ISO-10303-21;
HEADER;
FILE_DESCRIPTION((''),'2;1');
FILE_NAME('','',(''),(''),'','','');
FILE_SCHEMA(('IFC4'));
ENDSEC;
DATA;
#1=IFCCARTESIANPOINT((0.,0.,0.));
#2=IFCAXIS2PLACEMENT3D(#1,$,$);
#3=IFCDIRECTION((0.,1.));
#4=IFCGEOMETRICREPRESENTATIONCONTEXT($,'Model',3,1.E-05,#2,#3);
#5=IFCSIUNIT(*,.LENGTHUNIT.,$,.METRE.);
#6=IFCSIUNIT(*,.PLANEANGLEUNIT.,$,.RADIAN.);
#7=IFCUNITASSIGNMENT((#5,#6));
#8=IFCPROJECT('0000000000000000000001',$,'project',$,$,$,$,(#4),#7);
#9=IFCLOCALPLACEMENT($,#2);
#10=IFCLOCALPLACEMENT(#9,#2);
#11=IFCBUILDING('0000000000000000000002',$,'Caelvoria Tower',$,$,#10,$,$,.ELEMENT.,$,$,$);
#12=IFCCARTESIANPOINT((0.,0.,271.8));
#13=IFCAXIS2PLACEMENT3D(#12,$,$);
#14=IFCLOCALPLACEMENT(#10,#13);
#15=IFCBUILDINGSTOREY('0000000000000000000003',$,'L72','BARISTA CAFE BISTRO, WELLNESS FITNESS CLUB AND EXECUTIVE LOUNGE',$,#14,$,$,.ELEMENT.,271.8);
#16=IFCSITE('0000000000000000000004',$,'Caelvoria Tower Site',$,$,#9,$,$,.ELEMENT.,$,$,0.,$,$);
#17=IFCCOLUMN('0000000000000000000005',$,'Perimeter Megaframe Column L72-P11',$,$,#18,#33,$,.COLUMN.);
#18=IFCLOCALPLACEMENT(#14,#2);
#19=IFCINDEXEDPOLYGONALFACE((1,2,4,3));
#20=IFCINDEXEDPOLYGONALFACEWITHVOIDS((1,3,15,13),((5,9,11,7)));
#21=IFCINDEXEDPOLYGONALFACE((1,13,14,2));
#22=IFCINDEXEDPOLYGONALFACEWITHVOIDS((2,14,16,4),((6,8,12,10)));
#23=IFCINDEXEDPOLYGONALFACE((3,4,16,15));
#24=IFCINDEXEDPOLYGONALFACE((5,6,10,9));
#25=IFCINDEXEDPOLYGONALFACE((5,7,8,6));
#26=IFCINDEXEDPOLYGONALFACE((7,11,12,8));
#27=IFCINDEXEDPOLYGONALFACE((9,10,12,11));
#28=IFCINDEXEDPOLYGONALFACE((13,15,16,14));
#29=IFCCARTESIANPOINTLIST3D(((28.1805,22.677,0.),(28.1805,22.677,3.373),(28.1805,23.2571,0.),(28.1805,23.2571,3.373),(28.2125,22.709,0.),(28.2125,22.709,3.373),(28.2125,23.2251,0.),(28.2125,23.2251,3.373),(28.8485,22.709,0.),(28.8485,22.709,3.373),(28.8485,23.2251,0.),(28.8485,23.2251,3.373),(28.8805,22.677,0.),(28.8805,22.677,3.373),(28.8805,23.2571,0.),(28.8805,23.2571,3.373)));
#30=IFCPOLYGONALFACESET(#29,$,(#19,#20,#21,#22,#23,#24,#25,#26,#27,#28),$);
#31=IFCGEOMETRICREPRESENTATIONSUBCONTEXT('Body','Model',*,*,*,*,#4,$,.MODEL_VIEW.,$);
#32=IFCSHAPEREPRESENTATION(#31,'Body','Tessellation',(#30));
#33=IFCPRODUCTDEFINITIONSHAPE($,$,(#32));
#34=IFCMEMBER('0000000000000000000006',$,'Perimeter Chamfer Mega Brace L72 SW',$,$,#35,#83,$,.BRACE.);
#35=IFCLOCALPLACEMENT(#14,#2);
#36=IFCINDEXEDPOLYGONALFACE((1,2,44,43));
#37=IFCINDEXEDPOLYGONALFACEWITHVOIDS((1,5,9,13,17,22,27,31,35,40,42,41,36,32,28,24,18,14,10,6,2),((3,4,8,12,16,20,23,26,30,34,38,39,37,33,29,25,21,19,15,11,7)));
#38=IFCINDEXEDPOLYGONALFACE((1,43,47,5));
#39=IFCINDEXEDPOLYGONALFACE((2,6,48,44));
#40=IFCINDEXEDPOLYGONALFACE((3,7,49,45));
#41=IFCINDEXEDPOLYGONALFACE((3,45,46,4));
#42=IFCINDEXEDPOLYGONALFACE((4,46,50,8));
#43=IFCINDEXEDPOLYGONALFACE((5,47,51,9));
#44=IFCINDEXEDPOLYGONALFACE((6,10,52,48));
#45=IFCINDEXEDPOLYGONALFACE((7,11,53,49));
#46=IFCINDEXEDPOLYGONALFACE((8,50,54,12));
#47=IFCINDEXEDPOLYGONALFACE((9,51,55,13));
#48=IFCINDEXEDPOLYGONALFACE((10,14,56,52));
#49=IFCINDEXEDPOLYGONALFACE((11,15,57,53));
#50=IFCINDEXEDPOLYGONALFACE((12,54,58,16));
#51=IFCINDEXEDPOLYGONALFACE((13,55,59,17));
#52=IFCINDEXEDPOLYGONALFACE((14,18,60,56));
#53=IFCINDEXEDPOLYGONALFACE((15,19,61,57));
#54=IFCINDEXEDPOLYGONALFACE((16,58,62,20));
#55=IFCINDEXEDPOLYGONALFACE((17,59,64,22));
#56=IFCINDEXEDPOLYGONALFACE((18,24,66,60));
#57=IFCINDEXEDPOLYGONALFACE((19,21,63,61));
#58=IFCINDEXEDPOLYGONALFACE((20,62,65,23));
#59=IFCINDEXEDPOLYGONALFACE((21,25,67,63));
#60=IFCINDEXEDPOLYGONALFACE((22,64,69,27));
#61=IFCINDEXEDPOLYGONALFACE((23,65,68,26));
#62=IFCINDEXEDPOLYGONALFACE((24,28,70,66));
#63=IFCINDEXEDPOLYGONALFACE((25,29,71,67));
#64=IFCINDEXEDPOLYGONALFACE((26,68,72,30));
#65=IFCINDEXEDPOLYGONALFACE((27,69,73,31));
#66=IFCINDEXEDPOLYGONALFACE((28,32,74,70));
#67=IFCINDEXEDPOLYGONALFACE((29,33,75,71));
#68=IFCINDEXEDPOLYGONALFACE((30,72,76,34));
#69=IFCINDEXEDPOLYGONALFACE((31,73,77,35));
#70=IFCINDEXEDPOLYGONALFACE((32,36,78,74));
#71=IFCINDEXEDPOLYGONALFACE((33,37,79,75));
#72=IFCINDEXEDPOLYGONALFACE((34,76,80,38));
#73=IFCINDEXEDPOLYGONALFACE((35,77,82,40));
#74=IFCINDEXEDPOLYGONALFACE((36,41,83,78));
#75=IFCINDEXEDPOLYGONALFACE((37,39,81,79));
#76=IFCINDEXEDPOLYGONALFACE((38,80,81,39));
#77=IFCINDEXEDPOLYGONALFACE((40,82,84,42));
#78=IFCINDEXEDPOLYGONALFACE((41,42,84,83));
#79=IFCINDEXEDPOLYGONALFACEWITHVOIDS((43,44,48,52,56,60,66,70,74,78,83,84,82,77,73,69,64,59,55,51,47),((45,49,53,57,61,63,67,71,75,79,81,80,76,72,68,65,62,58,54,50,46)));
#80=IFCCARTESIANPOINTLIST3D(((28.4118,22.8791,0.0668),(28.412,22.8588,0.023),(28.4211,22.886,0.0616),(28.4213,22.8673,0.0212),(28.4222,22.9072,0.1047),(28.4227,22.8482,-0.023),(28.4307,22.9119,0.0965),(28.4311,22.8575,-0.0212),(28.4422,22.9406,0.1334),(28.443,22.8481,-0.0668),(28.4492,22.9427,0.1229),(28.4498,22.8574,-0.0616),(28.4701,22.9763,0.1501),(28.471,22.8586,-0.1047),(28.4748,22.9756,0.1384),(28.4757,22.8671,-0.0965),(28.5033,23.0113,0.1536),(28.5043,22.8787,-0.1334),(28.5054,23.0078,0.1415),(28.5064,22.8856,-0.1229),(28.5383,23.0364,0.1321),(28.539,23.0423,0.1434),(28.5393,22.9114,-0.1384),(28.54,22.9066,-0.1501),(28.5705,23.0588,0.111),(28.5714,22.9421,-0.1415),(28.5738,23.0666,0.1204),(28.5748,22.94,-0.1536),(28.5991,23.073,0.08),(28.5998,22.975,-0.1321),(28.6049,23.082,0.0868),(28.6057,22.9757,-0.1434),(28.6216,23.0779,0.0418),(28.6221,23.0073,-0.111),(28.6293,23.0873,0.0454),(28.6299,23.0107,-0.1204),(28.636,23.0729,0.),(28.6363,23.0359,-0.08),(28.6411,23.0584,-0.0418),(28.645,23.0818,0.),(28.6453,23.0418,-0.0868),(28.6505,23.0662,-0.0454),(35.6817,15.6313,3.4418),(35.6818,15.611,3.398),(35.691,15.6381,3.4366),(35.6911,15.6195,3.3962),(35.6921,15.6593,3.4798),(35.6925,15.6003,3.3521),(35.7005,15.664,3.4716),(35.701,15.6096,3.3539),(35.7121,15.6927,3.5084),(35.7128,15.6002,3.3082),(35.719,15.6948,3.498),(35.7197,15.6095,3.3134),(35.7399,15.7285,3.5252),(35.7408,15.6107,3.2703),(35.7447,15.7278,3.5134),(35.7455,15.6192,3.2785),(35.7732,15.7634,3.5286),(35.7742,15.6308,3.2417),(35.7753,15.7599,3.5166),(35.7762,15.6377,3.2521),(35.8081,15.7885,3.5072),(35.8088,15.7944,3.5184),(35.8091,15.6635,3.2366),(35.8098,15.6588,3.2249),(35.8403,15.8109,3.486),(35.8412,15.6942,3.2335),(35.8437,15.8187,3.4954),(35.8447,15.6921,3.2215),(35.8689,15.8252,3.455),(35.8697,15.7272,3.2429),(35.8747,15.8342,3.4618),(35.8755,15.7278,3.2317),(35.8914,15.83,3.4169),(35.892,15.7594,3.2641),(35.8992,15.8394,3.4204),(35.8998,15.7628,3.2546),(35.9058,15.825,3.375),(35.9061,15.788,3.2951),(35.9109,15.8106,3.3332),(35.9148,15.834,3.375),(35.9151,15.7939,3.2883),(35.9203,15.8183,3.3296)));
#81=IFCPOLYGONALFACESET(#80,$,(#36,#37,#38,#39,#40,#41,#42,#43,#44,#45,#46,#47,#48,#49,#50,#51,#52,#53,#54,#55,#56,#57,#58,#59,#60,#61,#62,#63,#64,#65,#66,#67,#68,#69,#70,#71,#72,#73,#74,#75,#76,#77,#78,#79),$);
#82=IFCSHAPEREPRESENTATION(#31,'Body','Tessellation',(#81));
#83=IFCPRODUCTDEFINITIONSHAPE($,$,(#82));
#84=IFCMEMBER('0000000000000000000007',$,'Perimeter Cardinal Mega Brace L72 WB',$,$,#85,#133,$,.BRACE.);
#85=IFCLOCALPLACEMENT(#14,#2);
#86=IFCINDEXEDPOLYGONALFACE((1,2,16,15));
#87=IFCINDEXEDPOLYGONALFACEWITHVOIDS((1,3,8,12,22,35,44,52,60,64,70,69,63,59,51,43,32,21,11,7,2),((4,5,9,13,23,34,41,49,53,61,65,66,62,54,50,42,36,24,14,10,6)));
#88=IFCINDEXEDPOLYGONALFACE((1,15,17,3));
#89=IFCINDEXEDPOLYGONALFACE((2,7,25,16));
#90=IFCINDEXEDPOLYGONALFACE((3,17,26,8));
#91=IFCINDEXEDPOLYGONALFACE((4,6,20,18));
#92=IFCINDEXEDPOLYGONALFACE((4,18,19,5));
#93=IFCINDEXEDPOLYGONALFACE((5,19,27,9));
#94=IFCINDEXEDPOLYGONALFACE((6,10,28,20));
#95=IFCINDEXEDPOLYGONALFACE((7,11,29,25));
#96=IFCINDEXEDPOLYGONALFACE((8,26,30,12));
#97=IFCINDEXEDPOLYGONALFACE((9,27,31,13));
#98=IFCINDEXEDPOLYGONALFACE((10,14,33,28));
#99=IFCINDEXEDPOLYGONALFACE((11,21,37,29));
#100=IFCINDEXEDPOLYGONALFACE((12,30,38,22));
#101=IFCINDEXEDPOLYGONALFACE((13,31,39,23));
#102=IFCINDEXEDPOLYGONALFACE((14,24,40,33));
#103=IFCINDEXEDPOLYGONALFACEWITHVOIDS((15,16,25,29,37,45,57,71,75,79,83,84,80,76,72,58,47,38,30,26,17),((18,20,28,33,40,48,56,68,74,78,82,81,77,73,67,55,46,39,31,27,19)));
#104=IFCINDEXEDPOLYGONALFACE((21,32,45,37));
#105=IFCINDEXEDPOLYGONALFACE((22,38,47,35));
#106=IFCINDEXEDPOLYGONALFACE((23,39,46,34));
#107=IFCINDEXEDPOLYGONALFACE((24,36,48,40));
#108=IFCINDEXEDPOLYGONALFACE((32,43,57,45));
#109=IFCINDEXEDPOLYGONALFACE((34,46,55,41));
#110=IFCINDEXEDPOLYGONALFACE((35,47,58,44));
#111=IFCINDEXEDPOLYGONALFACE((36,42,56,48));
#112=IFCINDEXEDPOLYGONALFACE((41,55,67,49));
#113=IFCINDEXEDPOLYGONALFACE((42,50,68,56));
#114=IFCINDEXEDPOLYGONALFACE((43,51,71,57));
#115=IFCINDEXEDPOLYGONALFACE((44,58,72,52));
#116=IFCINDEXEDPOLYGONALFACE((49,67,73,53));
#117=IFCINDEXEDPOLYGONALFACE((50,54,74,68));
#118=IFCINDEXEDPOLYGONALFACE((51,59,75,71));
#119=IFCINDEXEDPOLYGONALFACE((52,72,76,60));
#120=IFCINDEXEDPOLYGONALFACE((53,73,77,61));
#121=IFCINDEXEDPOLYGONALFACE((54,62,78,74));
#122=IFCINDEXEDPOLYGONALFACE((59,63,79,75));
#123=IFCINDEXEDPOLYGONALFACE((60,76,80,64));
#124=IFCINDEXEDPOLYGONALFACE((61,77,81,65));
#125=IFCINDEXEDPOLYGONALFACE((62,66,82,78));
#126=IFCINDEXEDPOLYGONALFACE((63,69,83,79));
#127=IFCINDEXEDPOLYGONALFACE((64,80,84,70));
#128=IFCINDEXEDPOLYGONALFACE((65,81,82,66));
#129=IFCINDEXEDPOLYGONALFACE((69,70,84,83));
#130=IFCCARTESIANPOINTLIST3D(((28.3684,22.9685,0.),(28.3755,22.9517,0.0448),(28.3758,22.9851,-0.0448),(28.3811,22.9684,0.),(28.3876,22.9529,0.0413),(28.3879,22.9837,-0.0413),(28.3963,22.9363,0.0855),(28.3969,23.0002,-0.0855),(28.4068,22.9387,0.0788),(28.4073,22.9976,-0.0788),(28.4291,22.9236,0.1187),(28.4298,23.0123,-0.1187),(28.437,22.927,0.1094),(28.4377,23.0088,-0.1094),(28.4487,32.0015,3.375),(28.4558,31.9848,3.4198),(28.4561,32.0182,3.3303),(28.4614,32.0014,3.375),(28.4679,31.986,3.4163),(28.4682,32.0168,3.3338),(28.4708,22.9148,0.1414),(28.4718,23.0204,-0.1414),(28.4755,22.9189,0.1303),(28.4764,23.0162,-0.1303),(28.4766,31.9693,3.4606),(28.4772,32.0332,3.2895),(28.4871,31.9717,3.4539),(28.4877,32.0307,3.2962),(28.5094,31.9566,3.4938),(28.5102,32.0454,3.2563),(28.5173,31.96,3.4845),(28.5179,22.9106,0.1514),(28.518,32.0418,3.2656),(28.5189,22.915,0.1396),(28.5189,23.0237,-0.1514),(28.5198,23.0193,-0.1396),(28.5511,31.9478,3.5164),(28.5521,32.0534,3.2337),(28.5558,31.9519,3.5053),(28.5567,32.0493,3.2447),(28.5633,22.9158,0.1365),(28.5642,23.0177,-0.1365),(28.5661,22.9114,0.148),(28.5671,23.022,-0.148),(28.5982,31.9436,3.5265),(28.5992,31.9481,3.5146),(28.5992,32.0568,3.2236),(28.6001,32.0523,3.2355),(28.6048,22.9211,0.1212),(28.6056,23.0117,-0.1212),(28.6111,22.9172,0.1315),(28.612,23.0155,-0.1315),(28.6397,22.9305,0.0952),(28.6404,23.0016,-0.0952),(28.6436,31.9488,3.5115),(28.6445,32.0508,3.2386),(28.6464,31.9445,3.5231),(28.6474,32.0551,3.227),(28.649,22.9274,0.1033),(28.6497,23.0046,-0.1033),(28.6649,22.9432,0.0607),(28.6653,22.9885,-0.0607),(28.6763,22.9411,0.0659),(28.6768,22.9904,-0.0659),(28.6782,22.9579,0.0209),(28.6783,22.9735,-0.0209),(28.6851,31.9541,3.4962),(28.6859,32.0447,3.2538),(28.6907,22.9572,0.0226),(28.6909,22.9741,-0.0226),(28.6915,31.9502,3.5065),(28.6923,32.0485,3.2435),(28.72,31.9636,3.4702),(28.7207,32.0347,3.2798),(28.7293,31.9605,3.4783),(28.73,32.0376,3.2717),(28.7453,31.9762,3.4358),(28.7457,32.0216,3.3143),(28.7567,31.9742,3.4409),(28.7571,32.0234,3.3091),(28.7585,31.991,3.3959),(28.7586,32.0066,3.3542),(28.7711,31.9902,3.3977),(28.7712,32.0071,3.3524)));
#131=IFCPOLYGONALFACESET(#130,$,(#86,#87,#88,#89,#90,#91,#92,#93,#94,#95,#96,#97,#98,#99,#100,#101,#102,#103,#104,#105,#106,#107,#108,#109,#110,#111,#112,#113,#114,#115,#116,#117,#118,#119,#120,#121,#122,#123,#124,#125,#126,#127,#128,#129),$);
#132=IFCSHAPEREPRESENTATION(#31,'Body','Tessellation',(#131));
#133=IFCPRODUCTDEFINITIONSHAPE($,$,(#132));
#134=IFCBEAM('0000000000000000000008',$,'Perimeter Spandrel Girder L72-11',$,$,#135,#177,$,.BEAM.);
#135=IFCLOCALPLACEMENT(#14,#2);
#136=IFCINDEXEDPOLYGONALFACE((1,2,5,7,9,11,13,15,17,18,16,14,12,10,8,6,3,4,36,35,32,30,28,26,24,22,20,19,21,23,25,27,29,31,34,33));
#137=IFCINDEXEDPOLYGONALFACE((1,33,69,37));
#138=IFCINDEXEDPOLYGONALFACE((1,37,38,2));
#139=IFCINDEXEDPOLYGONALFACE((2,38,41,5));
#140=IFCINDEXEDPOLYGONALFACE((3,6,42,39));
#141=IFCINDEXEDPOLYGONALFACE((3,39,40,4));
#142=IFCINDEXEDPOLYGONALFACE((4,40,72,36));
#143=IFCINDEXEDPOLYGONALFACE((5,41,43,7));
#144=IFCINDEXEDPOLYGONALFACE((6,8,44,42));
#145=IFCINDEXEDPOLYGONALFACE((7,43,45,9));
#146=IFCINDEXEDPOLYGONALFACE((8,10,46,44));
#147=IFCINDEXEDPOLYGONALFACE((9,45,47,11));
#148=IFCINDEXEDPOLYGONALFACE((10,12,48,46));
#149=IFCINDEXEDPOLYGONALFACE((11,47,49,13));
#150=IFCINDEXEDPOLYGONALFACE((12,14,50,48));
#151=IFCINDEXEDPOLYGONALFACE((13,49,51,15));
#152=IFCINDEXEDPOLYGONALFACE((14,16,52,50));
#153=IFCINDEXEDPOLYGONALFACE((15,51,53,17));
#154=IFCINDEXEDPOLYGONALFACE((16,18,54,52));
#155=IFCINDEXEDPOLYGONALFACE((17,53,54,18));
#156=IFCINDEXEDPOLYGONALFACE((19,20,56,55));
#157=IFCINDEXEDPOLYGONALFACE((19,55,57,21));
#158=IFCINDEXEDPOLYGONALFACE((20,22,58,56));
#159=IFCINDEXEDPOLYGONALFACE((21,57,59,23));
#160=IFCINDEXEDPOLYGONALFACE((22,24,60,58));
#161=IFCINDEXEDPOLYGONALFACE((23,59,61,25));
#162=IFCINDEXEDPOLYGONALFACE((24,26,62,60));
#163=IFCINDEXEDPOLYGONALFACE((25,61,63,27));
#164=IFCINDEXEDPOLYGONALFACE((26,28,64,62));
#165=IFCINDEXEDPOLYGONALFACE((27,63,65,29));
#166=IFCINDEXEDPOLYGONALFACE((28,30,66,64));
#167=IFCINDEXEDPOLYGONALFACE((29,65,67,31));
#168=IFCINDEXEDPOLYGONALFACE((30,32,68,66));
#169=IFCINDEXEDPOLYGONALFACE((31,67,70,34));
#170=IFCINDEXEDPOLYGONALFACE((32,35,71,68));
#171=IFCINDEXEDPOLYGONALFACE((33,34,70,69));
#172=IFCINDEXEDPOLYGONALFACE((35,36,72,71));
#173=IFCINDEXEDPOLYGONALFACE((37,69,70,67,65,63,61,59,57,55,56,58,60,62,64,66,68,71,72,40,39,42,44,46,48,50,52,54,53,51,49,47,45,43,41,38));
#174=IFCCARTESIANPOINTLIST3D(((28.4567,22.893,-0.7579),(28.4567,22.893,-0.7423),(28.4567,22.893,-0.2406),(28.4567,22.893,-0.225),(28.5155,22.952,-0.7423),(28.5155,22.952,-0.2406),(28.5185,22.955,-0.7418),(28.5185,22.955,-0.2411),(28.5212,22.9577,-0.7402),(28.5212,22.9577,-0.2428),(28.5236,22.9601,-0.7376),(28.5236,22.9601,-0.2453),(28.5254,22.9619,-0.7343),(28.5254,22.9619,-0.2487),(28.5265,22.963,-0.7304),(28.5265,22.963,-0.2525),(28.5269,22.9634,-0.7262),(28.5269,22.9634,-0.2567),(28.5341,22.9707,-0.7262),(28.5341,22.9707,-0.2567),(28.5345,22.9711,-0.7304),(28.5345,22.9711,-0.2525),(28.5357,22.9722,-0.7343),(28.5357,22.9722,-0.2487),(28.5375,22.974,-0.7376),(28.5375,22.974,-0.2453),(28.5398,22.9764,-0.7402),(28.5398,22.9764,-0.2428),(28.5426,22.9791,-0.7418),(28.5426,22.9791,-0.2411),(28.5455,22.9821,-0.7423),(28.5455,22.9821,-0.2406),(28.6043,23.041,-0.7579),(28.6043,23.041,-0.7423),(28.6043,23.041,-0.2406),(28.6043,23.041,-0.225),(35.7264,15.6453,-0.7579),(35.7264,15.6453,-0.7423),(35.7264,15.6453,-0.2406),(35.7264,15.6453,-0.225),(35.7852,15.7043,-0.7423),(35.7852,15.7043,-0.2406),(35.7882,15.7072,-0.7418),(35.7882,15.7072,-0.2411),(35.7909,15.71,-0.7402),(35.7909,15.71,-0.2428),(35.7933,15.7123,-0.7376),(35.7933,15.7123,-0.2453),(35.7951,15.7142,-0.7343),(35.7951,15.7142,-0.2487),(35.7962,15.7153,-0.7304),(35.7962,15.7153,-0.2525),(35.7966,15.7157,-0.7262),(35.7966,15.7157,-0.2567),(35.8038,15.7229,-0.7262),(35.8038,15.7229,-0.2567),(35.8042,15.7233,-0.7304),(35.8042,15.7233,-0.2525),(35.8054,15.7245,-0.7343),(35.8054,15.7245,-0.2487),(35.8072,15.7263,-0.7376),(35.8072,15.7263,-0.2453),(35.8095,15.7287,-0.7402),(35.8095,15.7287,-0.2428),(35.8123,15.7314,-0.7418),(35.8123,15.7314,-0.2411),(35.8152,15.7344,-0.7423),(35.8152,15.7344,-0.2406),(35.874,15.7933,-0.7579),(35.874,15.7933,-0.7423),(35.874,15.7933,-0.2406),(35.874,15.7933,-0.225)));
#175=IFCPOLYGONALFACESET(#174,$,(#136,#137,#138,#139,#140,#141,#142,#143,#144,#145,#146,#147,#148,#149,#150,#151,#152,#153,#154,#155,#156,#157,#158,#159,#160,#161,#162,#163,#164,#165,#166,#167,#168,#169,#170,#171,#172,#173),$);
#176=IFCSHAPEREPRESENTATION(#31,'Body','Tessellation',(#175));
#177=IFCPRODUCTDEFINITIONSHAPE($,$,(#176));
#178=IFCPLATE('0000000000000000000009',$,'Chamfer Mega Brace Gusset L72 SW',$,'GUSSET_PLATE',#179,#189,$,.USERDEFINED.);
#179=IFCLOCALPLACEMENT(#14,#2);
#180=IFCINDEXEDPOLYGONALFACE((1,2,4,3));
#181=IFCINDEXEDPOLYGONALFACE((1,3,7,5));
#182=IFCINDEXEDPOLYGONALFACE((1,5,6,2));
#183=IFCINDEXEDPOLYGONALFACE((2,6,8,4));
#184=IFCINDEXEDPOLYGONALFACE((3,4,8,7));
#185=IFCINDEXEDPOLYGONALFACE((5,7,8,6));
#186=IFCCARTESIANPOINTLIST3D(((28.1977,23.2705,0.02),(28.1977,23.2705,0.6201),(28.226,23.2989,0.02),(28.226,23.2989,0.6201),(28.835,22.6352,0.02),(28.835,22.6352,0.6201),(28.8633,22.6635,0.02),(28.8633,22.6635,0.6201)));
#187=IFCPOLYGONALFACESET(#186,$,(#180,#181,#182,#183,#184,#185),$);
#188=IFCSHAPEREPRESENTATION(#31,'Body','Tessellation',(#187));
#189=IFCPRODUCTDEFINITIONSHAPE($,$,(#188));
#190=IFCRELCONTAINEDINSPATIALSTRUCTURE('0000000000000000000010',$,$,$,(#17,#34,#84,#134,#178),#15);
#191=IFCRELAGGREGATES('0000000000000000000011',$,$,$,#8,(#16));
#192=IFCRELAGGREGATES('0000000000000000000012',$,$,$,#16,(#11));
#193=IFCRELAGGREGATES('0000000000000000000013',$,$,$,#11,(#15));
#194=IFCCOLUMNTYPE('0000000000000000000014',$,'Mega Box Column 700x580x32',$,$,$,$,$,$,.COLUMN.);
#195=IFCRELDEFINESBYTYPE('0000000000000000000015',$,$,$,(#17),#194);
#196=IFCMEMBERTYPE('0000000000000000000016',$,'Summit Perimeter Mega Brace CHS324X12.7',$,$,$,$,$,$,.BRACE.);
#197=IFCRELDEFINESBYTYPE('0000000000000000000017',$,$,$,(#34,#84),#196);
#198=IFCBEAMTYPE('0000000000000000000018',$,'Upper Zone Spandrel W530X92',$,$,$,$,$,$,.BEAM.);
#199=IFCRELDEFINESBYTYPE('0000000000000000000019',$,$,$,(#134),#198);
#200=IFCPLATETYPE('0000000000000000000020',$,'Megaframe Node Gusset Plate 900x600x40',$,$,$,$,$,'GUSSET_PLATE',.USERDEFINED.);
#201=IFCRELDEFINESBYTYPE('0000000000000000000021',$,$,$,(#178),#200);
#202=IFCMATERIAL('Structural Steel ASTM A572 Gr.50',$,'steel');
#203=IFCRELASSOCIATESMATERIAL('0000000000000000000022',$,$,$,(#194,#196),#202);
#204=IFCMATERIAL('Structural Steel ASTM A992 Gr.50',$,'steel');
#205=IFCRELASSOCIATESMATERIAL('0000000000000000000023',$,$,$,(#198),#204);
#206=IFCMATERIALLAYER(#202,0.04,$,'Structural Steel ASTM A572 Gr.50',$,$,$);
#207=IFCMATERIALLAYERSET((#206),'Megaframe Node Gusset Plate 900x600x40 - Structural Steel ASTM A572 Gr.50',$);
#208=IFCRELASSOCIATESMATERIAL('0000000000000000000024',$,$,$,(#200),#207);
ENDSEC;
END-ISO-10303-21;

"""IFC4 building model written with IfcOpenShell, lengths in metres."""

from ifc_helpers import new_model, si_unit, direction, frame, origin, origin_2d, place, context, subcontext, project, spatial, rectangle, hollow_rectangle, hollow_circle, i_section, extrude, material, layer, layer_set, material_profile, profile_set, type_object, element, save


model = new_model("IFC4")

# Units and contexts
model_context = context("Model", 3, precision=1e-05, world=origin(), true_north=direction((0.0, 1.0)))
body_context = subcontext(model_context, "Body", "Model", "MODEL_VIEW")
ifc_project = project(units=[si_unit("LENGTHUNIT", "METRE"), si_unit("PLANEANGLEUNIT", "RADIAN")], contexts=[model_context])

# Site, building, storey
site_placement = place(None, origin())
site = spatial("IfcSite", under=ifc_project, at=site_placement, Name="Caelvoria Tower Site", CompositionType="ELEMENT", RefElevation=0.0)
building_placement = place(site_placement, origin())
building = spatial("IfcBuilding", under=site, at=building_placement, Name="Caelvoria Tower", CompositionType="ELEMENT")
storey_placement = place(building_placement, frame((0.0, 0.0, 271.8)))
storey = spatial("IfcBuildingStorey", under=building, at=storey_placement, Name="L72", Description="BARISTA CAFE BISTRO, WELLNESS FITNESS CLUB AND EXECUTIVE LOUNGE", CompositionType="ELEMENT", Elevation=271.8)

# Column
ifc_material_1 = material(Name="Structural Steel ASTM A572 Gr.50", Category="steel")
ifc_material_profile_1 = material_profile(ifc_material_1, hollow_rectangle(XDim=0.5801, YDim=0.7, WallThickness=0.032, at=origin_2d()), Name="Structural Steel ASTM A572 Gr.50")
ifc_profile_set_1 = profile_set([ifc_material_profile_1], Name="BOX700X580X32 - Structural Steel ASTM A572 Gr.50")
column_type = type_object("IfcColumnType", Name="Mega Box Column 700x580x32", PredefinedType="COLUMN", material=ifc_profile_set_1)
column_placement = place(storey_placement, frame((28.5305, 22.967, 0.0), z_axis=(0.0, 0.0, 1.0), x_axis=(0.0, 1.0, 0.0)))
element("IfcColumn", 1, at=column_placement, inside=storey, type_object=column_type, Name="Perimeter Megaframe Column L72-P11", PredefinedType="COLUMN", context=body_context, shape_type="SweptSolid", body=[
    extrude(hollow_rectangle(XDim=0.5801, YDim=0.7, WallThickness=0.032, at=origin_2d()), origin(), (0.0, 0.0, 1.0), 3.373),
])

# Members
ifc_material_profile_2 = material_profile(ifc_material_1, hollow_circle(Radius=0.1621, WallThickness=0.0127, at=origin_2d()), Name="Structural Steel ASTM A572 Gr.50")
ifc_profile_set_2 = profile_set([ifc_material_profile_2], Name="CHS324X12.7 - Structural Steel ASTM A572 Gr.50")
member_type = type_object("IfcMemberType", Name="Summit Perimeter Mega Brace CHS324X12.7", PredefinedType="BRACE", material=ifc_profile_set_2)
member_1_placement = place(storey_placement, frame((28.5305, 22.967, 0.0), z_axis=(0.67275, -0.670717, 0.312325), x_axis=(0.706036, 0.708176, 0.0)))
element("IfcMember", 2, at=member_1_placement, inside=storey, type_object=member_type, Name="Perimeter Chamfer Mega Brace L72 SW", PredefinedType="BRACE", context=body_context, shape_type="SweptSolid", body=[
    extrude(hollow_circle(Radius=0.1621, WallThickness=0.0127, at=origin_2d()), origin(), (0.0, 0.0, 1.0), 10.8062),
])
member_2_placement = place(storey_placement, frame((28.5305, 22.967, 0.0), z_axis=(0.008329, 0.936717, 0.349987), x_axis=(-0.99996, 0.008892, 0.0)))
element("IfcMember", 3, at=member_2_placement, inside=storey, type_object=member_type, Name="Perimeter Cardinal Mega Brace L72 WB", PredefinedType="BRACE", context=body_context, shape_type="SweptSolid", body=[
    extrude(hollow_circle(Radius=0.1621, WallThickness=0.0127, at=origin_2d()), origin(), (0.0, 0.0, 1.0), 9.6433),
])

# Beam
ifc_material_2 = material(Name="Structural Steel ASTM A992 Gr.50", Category="steel")
ifc_material_profile_3 = material_profile(ifc_material_2, i_section(OverallWidth=0.209, OverallDepth=0.533, WebThickness=0.0103, FlangeThickness=0.0156, FilletRadius=0.0161, at=origin_2d()), Name="Structural Steel ASTM A992 Gr.50")
ifc_profile_set_3 = profile_set([ifc_material_profile_3], Name="W530X92 - Structural Steel ASTM A992 Gr.50")
beam_type = type_object("IfcBeamType", Name="Upper Zone Spandrel W530X92", PredefinedType="BEAM", material=ifc_profile_set_3)
beam_placement = place(storey_placement, frame((28.5305, 22.967, -0.4915), z_axis=(0.708176, -0.706036, 0.0), x_axis=(0.706036, 0.708176, 0.0)))
element("IfcBeam", 4, at=beam_placement, inside=storey, type_object=beam_type, Name="Perimeter Spandrel Girder L72-11", PredefinedType="BEAM", context=body_context, shape_type="SweptSolid", body=[
    extrude(i_section(OverallWidth=0.209, OverallDepth=0.533, WebThickness=0.0103, FlangeThickness=0.0156, FilletRadius=0.0161, at=origin_2d()), origin(), (0.0, 0.0, 1.0), 10.2654),
])

# Plate
ifc_layer_1 = layer(ifc_material_1, 0.04, Name="Structural Steel ASTM A572 Gr.50")
ifc_layer_set_1 = layer_set([ifc_layer_1], Name="Megaframe Node Gusset Plate 900x600x40 - Structural Steel ASTM A572 Gr.50")
plate_type = type_object("IfcPlateType", Name="Megaframe Node Gusset Plate 900x600x40", ElementType="GUSSET_PLATE", PredefinedType="USERDEFINED", material=ifc_layer_set_1)
for number, where, z_axis, x_axis, name in (
    (5, (28.5305, 22.967, 0.02), (0.0, 0.0, 1.0), (0.708182, -0.70603, 0.0), "Chamfer Mega Brace Gusset L72 SW"),
):
    element("IfcPlate", number, at=place(storey_placement, frame(where, z_axis=z_axis, x_axis=x_axis)), inside=storey, type_object=plate_type, Name=name, ObjectType="GUSSET_PLATE", PredefinedType="USERDEFINED", context=body_context, shape_type="SweptSolid", body=[
        extrude(rectangle(XDim=0.8999, YDim=0.04, at=origin_2d()), origin(), (0.0, 0.0, 1.0), 0.6001),
    ])

save(model, "model.ifc")
